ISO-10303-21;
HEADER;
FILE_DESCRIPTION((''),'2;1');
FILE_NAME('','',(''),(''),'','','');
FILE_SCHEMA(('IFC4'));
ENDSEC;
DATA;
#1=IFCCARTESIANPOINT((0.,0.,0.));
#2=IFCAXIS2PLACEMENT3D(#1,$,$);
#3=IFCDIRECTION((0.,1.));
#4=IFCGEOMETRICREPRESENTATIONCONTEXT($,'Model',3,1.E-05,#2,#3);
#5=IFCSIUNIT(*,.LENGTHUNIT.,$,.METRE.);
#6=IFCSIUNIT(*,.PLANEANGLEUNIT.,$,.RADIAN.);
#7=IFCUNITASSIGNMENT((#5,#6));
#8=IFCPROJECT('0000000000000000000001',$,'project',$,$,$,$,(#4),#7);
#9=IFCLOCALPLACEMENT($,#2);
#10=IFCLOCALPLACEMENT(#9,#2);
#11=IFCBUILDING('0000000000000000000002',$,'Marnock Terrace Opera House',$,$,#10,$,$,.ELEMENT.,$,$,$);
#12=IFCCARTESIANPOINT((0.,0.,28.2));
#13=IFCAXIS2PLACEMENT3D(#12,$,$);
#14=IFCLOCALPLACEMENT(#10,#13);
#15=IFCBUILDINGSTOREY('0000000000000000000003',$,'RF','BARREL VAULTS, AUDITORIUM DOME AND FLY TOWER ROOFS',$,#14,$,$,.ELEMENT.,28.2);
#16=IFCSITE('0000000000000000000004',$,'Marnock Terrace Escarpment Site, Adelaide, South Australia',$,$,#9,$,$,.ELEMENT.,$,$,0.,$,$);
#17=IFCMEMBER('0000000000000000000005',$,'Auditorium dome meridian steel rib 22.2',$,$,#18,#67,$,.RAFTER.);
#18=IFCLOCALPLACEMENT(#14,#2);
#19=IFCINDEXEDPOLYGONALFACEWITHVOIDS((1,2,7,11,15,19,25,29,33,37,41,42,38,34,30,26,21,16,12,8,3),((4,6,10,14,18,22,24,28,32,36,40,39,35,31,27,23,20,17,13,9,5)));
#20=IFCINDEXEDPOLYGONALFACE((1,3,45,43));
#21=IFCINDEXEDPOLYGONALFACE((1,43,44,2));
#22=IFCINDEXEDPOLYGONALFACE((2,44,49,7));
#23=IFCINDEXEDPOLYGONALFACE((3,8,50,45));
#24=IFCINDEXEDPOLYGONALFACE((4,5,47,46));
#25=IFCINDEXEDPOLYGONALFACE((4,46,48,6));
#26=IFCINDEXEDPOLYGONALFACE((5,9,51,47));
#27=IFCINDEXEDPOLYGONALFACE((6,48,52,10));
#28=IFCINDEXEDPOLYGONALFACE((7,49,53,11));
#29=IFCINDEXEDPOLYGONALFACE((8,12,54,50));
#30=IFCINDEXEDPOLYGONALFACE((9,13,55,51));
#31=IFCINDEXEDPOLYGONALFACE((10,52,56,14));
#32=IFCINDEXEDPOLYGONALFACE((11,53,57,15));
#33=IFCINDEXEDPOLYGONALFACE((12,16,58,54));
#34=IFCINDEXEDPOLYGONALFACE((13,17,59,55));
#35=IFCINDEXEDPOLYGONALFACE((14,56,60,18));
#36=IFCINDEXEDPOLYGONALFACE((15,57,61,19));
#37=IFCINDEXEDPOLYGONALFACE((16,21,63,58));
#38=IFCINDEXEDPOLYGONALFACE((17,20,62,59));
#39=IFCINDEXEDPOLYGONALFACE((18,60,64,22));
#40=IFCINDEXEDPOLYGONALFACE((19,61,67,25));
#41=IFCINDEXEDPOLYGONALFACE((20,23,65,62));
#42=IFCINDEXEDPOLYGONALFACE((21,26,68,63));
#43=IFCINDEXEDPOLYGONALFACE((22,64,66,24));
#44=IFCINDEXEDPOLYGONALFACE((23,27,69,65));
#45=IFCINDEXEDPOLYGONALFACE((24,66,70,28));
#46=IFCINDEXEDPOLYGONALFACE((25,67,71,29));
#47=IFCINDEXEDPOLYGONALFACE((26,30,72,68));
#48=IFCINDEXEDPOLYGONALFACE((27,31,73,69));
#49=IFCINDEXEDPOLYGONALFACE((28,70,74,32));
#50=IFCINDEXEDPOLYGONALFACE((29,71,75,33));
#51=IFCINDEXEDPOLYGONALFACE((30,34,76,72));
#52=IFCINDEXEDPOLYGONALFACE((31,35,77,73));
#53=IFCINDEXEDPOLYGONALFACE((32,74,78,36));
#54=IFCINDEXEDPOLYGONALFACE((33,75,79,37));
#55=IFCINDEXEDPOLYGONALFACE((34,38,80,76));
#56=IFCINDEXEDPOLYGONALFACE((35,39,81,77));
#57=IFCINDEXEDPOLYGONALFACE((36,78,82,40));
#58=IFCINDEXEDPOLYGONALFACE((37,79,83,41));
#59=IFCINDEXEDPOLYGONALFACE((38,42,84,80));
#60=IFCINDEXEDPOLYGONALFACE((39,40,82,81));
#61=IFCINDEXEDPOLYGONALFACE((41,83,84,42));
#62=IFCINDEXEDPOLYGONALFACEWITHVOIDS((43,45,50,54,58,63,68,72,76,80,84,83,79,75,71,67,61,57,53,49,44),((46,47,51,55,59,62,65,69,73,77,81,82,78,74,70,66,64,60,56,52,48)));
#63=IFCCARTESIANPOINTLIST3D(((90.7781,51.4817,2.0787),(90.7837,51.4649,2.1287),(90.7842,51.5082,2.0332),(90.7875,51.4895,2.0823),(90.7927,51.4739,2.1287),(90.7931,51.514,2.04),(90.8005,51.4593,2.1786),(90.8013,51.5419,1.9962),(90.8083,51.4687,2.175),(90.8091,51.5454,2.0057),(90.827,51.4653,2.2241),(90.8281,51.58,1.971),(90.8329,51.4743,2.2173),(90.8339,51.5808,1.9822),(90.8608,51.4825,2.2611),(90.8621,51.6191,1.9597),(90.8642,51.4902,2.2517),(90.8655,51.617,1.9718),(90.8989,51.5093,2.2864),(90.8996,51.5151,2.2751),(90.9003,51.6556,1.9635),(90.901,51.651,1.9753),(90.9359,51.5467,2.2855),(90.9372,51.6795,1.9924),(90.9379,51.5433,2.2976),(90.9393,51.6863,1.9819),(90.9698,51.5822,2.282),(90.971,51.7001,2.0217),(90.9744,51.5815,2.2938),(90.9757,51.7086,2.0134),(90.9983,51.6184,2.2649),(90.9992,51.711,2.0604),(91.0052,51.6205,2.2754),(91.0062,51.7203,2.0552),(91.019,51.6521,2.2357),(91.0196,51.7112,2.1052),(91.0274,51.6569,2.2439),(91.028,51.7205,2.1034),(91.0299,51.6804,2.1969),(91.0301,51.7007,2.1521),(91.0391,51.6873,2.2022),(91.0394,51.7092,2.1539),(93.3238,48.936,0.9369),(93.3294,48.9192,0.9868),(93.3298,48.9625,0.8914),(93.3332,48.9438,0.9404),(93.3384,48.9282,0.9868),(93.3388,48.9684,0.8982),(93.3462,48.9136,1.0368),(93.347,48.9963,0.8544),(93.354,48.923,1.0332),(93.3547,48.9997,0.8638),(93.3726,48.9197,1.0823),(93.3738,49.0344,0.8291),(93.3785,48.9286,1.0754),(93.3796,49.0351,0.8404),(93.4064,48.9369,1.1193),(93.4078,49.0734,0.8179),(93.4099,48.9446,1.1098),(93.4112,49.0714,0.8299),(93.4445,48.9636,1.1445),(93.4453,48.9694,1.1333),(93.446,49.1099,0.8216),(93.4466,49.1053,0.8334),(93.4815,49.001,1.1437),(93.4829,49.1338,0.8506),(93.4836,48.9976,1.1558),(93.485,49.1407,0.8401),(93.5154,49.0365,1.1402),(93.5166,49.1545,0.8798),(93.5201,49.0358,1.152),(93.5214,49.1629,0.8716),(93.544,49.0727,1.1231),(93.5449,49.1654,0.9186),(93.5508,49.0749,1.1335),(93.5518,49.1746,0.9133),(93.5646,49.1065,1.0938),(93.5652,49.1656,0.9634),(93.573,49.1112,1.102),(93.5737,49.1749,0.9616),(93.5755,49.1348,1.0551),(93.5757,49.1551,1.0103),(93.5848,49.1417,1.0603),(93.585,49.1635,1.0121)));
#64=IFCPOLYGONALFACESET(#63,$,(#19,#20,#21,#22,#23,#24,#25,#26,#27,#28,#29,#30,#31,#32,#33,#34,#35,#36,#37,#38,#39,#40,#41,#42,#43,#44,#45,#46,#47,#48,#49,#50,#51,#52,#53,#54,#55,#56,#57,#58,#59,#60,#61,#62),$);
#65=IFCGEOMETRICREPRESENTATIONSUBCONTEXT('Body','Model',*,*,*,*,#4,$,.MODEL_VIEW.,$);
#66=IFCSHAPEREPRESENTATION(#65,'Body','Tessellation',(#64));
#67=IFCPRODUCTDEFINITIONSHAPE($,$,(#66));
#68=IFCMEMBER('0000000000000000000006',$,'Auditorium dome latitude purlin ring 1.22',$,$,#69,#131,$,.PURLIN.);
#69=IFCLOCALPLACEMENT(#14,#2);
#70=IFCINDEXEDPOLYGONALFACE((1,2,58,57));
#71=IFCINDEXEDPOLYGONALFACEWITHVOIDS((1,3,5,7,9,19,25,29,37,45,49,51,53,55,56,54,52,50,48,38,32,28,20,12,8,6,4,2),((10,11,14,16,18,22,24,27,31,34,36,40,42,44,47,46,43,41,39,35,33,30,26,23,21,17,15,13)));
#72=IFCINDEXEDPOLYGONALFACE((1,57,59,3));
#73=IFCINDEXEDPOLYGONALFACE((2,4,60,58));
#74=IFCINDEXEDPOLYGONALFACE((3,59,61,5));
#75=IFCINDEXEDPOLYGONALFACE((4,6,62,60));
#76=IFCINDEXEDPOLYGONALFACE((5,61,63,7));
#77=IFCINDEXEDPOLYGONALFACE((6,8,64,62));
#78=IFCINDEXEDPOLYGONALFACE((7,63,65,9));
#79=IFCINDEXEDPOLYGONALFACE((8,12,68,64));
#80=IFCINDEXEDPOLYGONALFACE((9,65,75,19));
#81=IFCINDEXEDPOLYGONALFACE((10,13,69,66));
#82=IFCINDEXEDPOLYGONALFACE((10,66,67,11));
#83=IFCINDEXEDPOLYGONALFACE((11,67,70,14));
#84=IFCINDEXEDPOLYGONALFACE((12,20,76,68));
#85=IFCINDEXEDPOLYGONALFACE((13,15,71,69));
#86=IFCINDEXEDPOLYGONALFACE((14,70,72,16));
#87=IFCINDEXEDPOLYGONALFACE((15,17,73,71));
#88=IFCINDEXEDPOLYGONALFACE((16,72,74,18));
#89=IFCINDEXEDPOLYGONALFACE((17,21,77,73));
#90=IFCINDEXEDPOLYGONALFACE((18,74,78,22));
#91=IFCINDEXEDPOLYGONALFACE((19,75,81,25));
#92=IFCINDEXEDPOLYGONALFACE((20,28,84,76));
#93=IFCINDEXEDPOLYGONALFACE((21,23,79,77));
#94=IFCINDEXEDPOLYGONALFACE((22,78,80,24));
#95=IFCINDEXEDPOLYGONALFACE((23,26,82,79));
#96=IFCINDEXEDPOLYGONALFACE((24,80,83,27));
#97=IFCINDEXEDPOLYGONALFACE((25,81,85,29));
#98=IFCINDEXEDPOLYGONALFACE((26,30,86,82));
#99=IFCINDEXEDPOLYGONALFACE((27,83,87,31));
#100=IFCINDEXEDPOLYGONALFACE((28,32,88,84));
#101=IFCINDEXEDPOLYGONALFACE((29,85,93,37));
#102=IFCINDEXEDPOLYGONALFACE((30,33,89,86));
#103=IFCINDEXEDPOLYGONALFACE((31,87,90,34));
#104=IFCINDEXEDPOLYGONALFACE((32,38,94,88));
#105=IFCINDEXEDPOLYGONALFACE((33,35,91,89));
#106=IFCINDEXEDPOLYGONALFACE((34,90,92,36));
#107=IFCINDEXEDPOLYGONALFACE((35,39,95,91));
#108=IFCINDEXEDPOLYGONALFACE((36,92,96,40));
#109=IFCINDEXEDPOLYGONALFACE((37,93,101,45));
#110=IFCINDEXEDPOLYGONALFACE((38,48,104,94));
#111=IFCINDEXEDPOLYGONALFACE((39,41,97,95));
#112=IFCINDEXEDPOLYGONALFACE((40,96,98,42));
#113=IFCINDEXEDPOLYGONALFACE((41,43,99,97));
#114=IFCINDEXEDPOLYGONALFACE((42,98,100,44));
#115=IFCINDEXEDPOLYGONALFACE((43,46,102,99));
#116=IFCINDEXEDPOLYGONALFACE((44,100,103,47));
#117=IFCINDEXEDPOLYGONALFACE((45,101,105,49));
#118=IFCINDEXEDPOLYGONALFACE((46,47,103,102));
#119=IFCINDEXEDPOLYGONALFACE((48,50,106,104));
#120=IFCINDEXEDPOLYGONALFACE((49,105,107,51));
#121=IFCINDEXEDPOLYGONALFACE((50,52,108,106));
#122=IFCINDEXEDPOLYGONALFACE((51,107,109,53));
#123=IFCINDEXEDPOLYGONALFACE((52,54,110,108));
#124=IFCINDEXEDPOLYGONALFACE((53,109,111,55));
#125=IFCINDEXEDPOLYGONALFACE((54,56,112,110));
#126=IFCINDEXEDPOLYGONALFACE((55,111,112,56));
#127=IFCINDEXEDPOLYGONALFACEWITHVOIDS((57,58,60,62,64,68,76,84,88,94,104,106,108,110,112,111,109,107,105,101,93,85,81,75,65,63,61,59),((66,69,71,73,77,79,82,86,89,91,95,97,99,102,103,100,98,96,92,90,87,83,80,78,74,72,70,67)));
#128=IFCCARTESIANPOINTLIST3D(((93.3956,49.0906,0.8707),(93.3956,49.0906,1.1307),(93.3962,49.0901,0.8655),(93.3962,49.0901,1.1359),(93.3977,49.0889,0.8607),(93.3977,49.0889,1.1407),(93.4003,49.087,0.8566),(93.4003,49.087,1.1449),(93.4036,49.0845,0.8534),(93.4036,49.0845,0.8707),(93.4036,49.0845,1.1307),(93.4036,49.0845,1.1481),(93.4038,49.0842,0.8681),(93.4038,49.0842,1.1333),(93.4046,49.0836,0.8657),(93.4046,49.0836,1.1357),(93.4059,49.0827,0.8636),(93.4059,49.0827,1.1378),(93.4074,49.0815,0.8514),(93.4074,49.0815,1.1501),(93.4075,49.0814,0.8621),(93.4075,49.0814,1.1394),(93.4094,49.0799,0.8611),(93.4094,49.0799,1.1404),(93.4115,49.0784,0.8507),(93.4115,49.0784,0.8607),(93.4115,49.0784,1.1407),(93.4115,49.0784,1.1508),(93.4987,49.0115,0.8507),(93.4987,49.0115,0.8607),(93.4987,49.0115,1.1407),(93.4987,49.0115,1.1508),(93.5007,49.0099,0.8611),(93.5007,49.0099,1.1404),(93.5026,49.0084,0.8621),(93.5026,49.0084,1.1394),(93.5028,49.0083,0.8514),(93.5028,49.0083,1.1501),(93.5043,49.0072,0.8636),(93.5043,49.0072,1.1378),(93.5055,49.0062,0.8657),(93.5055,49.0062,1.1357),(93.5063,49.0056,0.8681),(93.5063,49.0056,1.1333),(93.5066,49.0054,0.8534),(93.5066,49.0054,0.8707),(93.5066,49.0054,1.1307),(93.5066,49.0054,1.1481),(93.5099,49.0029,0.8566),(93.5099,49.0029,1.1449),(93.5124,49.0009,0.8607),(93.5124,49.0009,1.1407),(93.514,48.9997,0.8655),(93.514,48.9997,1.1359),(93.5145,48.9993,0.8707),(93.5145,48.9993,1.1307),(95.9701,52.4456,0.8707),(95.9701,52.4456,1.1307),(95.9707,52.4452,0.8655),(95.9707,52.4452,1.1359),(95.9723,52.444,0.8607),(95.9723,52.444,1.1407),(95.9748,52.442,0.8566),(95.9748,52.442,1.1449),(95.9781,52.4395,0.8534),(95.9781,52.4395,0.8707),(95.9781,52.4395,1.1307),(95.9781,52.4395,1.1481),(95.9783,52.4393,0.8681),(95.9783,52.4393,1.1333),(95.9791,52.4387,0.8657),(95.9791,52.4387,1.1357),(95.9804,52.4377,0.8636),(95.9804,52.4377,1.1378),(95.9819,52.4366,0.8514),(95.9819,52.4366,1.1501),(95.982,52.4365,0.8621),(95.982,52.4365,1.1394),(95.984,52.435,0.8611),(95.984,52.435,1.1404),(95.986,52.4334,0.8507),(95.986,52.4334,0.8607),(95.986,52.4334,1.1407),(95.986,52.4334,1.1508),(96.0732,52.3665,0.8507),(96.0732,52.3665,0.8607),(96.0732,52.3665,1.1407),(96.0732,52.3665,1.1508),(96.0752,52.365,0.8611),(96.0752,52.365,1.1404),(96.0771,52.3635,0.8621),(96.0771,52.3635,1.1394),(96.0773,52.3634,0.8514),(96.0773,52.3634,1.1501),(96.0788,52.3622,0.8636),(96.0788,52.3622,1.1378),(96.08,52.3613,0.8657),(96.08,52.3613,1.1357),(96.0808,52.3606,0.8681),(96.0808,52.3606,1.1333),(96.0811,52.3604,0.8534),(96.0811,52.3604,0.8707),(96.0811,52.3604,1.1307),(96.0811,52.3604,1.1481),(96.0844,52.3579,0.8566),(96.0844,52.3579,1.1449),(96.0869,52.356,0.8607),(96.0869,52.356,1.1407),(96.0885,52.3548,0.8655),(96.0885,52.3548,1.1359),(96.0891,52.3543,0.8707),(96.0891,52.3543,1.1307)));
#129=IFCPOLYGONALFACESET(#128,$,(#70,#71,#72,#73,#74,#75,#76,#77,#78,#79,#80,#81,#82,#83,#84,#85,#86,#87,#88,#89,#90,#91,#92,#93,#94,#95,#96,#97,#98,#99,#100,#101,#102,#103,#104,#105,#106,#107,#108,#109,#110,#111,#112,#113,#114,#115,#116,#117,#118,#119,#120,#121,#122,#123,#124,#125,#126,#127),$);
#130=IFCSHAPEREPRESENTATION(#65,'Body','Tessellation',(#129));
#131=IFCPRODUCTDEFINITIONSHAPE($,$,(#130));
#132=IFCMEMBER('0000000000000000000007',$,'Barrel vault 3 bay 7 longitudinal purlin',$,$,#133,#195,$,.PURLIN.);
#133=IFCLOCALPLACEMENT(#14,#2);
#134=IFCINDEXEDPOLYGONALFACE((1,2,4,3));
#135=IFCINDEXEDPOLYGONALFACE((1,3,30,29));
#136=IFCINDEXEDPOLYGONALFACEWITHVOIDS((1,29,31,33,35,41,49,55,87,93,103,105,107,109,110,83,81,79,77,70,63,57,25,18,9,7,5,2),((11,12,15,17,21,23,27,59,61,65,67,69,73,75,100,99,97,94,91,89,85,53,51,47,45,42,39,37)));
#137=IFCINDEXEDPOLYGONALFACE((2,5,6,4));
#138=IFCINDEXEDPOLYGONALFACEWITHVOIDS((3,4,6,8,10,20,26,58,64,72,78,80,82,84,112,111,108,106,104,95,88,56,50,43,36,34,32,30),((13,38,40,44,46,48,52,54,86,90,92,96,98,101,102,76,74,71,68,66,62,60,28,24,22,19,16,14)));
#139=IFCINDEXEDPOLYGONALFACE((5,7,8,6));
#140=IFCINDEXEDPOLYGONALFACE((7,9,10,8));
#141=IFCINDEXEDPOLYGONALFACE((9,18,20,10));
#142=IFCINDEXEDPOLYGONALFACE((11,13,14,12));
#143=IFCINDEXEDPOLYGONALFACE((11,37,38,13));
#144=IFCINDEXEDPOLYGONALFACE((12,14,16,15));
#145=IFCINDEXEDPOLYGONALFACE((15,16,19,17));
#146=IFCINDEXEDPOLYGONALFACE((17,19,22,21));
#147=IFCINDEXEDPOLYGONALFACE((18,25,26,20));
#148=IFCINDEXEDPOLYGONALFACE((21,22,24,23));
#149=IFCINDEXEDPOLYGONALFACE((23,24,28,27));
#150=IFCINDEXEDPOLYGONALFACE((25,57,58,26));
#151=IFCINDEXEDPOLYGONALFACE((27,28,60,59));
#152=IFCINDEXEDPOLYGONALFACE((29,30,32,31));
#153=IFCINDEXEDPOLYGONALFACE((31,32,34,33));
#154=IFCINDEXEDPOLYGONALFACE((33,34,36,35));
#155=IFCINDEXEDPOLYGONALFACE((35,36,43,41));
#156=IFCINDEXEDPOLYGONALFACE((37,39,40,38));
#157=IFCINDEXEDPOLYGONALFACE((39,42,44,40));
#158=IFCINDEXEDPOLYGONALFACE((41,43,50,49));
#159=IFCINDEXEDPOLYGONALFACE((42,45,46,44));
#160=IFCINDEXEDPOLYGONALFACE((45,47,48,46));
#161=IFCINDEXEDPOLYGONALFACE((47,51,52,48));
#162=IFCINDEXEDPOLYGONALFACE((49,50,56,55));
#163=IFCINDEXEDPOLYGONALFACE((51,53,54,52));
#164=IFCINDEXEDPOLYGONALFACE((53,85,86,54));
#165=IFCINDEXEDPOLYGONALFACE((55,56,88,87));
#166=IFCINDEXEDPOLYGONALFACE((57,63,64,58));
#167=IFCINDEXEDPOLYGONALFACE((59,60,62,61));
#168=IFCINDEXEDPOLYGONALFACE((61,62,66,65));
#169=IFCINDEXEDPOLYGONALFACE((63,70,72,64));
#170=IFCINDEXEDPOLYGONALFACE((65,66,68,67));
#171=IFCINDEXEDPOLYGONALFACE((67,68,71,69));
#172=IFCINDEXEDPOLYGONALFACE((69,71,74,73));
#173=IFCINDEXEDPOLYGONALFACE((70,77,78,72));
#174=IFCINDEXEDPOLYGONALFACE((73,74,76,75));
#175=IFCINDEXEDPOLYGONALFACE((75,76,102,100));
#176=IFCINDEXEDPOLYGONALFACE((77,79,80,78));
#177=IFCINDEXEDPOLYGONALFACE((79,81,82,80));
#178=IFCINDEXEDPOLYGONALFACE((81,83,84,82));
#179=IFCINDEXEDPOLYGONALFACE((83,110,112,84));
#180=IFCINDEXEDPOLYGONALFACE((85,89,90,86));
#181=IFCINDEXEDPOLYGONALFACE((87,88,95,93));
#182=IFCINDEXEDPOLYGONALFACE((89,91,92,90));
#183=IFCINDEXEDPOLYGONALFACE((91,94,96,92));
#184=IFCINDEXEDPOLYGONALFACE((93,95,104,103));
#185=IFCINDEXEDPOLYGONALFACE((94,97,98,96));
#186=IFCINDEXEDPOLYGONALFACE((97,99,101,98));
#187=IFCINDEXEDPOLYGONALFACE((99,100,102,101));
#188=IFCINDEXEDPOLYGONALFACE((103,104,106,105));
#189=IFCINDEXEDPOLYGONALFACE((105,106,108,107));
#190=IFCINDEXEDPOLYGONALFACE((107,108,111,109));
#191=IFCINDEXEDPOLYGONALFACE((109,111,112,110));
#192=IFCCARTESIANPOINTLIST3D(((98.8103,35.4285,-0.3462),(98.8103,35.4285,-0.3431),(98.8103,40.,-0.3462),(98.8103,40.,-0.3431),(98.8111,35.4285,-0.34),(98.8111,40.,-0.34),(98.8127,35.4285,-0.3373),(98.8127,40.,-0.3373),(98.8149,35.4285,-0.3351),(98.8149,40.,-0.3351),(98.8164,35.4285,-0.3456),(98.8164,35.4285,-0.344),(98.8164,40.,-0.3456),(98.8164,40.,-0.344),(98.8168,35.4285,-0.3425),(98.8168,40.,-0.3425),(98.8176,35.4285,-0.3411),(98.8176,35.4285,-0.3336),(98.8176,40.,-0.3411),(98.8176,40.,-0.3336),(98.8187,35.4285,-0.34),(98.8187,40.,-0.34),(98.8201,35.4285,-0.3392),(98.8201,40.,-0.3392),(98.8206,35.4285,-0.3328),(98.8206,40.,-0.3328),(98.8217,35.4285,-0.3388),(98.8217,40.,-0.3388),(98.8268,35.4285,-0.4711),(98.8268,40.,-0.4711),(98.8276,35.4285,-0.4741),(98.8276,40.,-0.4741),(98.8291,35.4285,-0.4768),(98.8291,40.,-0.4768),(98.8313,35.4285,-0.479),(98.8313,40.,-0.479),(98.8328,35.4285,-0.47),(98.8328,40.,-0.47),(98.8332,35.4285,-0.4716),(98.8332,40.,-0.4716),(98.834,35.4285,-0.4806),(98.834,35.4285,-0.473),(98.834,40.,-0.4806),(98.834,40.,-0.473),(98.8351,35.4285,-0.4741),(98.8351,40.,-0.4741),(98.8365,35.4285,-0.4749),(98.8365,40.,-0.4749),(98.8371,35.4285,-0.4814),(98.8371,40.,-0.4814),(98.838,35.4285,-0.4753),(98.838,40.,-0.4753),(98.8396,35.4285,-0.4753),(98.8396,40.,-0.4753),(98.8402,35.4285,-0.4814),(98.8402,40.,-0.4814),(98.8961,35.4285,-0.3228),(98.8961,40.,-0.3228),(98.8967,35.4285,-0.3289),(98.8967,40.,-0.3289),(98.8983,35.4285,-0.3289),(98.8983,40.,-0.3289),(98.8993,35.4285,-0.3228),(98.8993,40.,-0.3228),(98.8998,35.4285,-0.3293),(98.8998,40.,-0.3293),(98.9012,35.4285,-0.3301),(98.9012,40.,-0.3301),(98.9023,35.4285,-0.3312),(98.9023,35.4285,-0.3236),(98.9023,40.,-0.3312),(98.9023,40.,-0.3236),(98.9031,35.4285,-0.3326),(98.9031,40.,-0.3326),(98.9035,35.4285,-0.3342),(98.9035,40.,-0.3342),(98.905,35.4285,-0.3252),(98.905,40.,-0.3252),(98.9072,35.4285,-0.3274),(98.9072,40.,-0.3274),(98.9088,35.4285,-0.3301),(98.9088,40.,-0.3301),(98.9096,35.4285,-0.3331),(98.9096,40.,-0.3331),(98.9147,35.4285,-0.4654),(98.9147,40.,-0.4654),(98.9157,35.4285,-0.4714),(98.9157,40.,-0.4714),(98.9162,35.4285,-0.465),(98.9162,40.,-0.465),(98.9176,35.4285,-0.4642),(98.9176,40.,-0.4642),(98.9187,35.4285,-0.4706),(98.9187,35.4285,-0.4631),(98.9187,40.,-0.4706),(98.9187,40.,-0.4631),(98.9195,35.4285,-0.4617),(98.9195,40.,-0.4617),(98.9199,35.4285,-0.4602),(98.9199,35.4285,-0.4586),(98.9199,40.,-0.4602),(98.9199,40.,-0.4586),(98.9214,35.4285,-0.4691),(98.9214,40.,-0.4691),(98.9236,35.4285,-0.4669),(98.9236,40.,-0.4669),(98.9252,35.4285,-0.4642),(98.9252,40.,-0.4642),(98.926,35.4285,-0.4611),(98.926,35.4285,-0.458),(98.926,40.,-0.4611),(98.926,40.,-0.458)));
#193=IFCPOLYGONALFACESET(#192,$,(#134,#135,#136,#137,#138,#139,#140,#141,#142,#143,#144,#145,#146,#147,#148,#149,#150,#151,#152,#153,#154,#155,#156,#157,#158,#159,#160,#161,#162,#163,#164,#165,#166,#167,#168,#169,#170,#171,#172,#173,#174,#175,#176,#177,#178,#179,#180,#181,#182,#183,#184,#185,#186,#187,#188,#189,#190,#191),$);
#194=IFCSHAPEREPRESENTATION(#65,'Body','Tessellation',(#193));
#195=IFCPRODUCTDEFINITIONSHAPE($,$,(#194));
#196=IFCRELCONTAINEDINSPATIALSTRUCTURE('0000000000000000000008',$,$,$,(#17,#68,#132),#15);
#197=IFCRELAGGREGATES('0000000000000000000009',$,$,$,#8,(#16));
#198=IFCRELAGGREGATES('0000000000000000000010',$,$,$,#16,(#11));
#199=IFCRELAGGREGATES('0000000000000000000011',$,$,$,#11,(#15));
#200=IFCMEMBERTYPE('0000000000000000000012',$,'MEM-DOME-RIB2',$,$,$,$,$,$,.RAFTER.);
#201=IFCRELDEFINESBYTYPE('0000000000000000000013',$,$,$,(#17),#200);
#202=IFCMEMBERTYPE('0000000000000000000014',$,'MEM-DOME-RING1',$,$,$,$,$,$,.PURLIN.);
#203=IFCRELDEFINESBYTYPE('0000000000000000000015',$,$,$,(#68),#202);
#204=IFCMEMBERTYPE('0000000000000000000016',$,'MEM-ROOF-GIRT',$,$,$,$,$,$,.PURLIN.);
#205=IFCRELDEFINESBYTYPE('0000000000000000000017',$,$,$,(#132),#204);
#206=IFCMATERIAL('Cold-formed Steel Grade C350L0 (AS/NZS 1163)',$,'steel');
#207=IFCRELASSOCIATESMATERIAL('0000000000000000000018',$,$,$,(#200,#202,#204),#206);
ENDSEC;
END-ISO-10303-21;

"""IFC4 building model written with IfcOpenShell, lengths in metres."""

from ifc_helpers import new_model, si_unit, direction, frame, origin, origin_2d, place, context, subcontext, project, spatial, hollow_rectangle, hollow_circle, extrude, material, material_profile, profile_set, type_object, element, save


model = new_model("IFC4")

# Units and contexts
model_context = context("Model", 3, precision=1e-05, world=origin(), true_north=direction((0.0, 1.0)))
body_context = subcontext(model_context, "Body", "Model", "MODEL_VIEW")
ifc_project = project(units=[si_unit("LENGTHUNIT", "METRE"), si_unit("PLANEANGLEUNIT", "RADIAN")], contexts=[model_context])

# Site, building, storey
site_placement = place(None, origin())
site = spatial("IfcSite", under=ifc_project, at=site_placement, Name="Marnock Terrace Escarpment Site, Adelaide, South Australia", CompositionType="ELEMENT", RefElevation=0.0)
building_placement = place(site_placement, origin())
building = spatial("IfcBuilding", under=site, at=building_placement, Name="Marnock Terrace Opera House", CompositionType="ELEMENT")
storey_placement = place(building_placement, frame((0.0, 0.0, 28.2)))
storey = spatial("IfcBuildingStorey", under=building, at=storey_placement, Name="RF", Description="BARREL VAULTS, AUDITORIUM DOME AND FLY TOWER ROOFS", CompositionType="ELEMENT", Elevation=28.2)

# Members
ifc_material_1 = material(Name="Cold-formed Steel Grade C350L0 (AS/NZS 1163)", Category="steel")
ifc_material_profile_1 = material_profile(ifc_material_1, hollow_circle(Radius=0.1777, WallThickness=0.0127, at=origin_2d()))
ifc_profile_set_1 = profile_set([ifc_material_profile_1], Name="Cold-formed Steel Grade C350L0 (AS/NZS 1163)")
member_type_1 = type_object("IfcMemberType", Name="MEM-DOME-RIB2", PredefinedType="RAFTER", material=ifc_profile_set_1)
member_1_placement = place(storey_placement, frame((93.4551, 49.0449, 0.9868), z_axis=(-0.674017, 0.674017, 0.302328), x_axis=(-0.707107, -0.707107, 0.0)))
element("IfcMember", 1, at=member_1_placement, inside=storey, type_object=member_type_1, Name="Auditorium dome meridian steel rib 22.2", PredefinedType="RAFTER", context=body_context, shape_type="SweptSolid", body=[
    extrude(hollow_circle(Radius=0.1777, WallThickness=0.0127, at=origin_2d()), origin(), (0.0, 0.0, 1.0), 3.7769),
])
ifc_material_profile_2 = material_profile(ifc_material_1, hollow_rectangle(XDim=0.1499, YDim=0.3, WallThickness=0.01, InnerFilletRadius=0.01, OuterFilletRadius=0.02, at=origin_2d()))
ifc_profile_set_2 = profile_set([ifc_material_profile_2], Name="Cold-formed Steel Grade C350L0 (AS/NZS 1163)")
member_type_2 = type_object("IfcMemberType", Name="MEM-DOME-RING1", PredefinedType="PURLIN", material=ifc_profile_set_2)
member_2_placement = place(storey_placement, frame((93.4551, 49.0449, 1.0007), z_axis=(0.608776, 0.793342, 0.0), x_axis=(-0.793342, 0.608776, 0.0)))
element("IfcMember", 2, at=member_2_placement, inside=storey, type_object=member_type_2, Name="Auditorium dome latitude purlin ring 1.22", PredefinedType="PURLIN", context=body_context, shape_type="SweptSolid", body=[
    extrude(hollow_rectangle(XDim=0.1499, YDim=0.3, WallThickness=0.01, InnerFilletRadius=0.01, OuterFilletRadius=0.02, at=origin_2d()), origin(), (0.0, 0.0, 1.0), 4.229),
])
ifc_material_profile_3 = material_profile(ifc_material_1, hollow_rectangle(XDim=0.1001, YDim=0.1499, WallThickness=0.0061, InnerFilletRadius=0.0061, OuterFilletRadius=0.012, at=origin_2d()))
ifc_profile_set_3 = profile_set([ifc_material_profile_3], Name="Cold-formed Steel Grade C350L0 (AS/NZS 1163)")
member_type_3 = type_object("IfcMemberType", Name="MEM-ROOF-GIRT", PredefinedType="PURLIN", material=ifc_profile_set_3)
member_3_placement = place(storey_placement, frame((98.8682, 35.4285, -0.4021), z_axis=(0.0, 1.0, 0.0), x_axis=(-0.991445, 0.0, -0.130526)))
element("IfcMember", 3, at=member_3_placement, inside=storey, type_object=member_type_3, Name="Barrel vault 3 bay 7 longitudinal purlin", PredefinedType="PURLIN", context=body_context, shape_type="SweptSolid", body=[
    extrude(hollow_rectangle(XDim=0.1001, YDim=0.1499, WallThickness=0.0061, InnerFilletRadius=0.0061, OuterFilletRadius=0.012, at=origin_2d()), origin(), (0.0, 0.0, 1.0), 4.5715),
])

save(model, "model.ifc")
